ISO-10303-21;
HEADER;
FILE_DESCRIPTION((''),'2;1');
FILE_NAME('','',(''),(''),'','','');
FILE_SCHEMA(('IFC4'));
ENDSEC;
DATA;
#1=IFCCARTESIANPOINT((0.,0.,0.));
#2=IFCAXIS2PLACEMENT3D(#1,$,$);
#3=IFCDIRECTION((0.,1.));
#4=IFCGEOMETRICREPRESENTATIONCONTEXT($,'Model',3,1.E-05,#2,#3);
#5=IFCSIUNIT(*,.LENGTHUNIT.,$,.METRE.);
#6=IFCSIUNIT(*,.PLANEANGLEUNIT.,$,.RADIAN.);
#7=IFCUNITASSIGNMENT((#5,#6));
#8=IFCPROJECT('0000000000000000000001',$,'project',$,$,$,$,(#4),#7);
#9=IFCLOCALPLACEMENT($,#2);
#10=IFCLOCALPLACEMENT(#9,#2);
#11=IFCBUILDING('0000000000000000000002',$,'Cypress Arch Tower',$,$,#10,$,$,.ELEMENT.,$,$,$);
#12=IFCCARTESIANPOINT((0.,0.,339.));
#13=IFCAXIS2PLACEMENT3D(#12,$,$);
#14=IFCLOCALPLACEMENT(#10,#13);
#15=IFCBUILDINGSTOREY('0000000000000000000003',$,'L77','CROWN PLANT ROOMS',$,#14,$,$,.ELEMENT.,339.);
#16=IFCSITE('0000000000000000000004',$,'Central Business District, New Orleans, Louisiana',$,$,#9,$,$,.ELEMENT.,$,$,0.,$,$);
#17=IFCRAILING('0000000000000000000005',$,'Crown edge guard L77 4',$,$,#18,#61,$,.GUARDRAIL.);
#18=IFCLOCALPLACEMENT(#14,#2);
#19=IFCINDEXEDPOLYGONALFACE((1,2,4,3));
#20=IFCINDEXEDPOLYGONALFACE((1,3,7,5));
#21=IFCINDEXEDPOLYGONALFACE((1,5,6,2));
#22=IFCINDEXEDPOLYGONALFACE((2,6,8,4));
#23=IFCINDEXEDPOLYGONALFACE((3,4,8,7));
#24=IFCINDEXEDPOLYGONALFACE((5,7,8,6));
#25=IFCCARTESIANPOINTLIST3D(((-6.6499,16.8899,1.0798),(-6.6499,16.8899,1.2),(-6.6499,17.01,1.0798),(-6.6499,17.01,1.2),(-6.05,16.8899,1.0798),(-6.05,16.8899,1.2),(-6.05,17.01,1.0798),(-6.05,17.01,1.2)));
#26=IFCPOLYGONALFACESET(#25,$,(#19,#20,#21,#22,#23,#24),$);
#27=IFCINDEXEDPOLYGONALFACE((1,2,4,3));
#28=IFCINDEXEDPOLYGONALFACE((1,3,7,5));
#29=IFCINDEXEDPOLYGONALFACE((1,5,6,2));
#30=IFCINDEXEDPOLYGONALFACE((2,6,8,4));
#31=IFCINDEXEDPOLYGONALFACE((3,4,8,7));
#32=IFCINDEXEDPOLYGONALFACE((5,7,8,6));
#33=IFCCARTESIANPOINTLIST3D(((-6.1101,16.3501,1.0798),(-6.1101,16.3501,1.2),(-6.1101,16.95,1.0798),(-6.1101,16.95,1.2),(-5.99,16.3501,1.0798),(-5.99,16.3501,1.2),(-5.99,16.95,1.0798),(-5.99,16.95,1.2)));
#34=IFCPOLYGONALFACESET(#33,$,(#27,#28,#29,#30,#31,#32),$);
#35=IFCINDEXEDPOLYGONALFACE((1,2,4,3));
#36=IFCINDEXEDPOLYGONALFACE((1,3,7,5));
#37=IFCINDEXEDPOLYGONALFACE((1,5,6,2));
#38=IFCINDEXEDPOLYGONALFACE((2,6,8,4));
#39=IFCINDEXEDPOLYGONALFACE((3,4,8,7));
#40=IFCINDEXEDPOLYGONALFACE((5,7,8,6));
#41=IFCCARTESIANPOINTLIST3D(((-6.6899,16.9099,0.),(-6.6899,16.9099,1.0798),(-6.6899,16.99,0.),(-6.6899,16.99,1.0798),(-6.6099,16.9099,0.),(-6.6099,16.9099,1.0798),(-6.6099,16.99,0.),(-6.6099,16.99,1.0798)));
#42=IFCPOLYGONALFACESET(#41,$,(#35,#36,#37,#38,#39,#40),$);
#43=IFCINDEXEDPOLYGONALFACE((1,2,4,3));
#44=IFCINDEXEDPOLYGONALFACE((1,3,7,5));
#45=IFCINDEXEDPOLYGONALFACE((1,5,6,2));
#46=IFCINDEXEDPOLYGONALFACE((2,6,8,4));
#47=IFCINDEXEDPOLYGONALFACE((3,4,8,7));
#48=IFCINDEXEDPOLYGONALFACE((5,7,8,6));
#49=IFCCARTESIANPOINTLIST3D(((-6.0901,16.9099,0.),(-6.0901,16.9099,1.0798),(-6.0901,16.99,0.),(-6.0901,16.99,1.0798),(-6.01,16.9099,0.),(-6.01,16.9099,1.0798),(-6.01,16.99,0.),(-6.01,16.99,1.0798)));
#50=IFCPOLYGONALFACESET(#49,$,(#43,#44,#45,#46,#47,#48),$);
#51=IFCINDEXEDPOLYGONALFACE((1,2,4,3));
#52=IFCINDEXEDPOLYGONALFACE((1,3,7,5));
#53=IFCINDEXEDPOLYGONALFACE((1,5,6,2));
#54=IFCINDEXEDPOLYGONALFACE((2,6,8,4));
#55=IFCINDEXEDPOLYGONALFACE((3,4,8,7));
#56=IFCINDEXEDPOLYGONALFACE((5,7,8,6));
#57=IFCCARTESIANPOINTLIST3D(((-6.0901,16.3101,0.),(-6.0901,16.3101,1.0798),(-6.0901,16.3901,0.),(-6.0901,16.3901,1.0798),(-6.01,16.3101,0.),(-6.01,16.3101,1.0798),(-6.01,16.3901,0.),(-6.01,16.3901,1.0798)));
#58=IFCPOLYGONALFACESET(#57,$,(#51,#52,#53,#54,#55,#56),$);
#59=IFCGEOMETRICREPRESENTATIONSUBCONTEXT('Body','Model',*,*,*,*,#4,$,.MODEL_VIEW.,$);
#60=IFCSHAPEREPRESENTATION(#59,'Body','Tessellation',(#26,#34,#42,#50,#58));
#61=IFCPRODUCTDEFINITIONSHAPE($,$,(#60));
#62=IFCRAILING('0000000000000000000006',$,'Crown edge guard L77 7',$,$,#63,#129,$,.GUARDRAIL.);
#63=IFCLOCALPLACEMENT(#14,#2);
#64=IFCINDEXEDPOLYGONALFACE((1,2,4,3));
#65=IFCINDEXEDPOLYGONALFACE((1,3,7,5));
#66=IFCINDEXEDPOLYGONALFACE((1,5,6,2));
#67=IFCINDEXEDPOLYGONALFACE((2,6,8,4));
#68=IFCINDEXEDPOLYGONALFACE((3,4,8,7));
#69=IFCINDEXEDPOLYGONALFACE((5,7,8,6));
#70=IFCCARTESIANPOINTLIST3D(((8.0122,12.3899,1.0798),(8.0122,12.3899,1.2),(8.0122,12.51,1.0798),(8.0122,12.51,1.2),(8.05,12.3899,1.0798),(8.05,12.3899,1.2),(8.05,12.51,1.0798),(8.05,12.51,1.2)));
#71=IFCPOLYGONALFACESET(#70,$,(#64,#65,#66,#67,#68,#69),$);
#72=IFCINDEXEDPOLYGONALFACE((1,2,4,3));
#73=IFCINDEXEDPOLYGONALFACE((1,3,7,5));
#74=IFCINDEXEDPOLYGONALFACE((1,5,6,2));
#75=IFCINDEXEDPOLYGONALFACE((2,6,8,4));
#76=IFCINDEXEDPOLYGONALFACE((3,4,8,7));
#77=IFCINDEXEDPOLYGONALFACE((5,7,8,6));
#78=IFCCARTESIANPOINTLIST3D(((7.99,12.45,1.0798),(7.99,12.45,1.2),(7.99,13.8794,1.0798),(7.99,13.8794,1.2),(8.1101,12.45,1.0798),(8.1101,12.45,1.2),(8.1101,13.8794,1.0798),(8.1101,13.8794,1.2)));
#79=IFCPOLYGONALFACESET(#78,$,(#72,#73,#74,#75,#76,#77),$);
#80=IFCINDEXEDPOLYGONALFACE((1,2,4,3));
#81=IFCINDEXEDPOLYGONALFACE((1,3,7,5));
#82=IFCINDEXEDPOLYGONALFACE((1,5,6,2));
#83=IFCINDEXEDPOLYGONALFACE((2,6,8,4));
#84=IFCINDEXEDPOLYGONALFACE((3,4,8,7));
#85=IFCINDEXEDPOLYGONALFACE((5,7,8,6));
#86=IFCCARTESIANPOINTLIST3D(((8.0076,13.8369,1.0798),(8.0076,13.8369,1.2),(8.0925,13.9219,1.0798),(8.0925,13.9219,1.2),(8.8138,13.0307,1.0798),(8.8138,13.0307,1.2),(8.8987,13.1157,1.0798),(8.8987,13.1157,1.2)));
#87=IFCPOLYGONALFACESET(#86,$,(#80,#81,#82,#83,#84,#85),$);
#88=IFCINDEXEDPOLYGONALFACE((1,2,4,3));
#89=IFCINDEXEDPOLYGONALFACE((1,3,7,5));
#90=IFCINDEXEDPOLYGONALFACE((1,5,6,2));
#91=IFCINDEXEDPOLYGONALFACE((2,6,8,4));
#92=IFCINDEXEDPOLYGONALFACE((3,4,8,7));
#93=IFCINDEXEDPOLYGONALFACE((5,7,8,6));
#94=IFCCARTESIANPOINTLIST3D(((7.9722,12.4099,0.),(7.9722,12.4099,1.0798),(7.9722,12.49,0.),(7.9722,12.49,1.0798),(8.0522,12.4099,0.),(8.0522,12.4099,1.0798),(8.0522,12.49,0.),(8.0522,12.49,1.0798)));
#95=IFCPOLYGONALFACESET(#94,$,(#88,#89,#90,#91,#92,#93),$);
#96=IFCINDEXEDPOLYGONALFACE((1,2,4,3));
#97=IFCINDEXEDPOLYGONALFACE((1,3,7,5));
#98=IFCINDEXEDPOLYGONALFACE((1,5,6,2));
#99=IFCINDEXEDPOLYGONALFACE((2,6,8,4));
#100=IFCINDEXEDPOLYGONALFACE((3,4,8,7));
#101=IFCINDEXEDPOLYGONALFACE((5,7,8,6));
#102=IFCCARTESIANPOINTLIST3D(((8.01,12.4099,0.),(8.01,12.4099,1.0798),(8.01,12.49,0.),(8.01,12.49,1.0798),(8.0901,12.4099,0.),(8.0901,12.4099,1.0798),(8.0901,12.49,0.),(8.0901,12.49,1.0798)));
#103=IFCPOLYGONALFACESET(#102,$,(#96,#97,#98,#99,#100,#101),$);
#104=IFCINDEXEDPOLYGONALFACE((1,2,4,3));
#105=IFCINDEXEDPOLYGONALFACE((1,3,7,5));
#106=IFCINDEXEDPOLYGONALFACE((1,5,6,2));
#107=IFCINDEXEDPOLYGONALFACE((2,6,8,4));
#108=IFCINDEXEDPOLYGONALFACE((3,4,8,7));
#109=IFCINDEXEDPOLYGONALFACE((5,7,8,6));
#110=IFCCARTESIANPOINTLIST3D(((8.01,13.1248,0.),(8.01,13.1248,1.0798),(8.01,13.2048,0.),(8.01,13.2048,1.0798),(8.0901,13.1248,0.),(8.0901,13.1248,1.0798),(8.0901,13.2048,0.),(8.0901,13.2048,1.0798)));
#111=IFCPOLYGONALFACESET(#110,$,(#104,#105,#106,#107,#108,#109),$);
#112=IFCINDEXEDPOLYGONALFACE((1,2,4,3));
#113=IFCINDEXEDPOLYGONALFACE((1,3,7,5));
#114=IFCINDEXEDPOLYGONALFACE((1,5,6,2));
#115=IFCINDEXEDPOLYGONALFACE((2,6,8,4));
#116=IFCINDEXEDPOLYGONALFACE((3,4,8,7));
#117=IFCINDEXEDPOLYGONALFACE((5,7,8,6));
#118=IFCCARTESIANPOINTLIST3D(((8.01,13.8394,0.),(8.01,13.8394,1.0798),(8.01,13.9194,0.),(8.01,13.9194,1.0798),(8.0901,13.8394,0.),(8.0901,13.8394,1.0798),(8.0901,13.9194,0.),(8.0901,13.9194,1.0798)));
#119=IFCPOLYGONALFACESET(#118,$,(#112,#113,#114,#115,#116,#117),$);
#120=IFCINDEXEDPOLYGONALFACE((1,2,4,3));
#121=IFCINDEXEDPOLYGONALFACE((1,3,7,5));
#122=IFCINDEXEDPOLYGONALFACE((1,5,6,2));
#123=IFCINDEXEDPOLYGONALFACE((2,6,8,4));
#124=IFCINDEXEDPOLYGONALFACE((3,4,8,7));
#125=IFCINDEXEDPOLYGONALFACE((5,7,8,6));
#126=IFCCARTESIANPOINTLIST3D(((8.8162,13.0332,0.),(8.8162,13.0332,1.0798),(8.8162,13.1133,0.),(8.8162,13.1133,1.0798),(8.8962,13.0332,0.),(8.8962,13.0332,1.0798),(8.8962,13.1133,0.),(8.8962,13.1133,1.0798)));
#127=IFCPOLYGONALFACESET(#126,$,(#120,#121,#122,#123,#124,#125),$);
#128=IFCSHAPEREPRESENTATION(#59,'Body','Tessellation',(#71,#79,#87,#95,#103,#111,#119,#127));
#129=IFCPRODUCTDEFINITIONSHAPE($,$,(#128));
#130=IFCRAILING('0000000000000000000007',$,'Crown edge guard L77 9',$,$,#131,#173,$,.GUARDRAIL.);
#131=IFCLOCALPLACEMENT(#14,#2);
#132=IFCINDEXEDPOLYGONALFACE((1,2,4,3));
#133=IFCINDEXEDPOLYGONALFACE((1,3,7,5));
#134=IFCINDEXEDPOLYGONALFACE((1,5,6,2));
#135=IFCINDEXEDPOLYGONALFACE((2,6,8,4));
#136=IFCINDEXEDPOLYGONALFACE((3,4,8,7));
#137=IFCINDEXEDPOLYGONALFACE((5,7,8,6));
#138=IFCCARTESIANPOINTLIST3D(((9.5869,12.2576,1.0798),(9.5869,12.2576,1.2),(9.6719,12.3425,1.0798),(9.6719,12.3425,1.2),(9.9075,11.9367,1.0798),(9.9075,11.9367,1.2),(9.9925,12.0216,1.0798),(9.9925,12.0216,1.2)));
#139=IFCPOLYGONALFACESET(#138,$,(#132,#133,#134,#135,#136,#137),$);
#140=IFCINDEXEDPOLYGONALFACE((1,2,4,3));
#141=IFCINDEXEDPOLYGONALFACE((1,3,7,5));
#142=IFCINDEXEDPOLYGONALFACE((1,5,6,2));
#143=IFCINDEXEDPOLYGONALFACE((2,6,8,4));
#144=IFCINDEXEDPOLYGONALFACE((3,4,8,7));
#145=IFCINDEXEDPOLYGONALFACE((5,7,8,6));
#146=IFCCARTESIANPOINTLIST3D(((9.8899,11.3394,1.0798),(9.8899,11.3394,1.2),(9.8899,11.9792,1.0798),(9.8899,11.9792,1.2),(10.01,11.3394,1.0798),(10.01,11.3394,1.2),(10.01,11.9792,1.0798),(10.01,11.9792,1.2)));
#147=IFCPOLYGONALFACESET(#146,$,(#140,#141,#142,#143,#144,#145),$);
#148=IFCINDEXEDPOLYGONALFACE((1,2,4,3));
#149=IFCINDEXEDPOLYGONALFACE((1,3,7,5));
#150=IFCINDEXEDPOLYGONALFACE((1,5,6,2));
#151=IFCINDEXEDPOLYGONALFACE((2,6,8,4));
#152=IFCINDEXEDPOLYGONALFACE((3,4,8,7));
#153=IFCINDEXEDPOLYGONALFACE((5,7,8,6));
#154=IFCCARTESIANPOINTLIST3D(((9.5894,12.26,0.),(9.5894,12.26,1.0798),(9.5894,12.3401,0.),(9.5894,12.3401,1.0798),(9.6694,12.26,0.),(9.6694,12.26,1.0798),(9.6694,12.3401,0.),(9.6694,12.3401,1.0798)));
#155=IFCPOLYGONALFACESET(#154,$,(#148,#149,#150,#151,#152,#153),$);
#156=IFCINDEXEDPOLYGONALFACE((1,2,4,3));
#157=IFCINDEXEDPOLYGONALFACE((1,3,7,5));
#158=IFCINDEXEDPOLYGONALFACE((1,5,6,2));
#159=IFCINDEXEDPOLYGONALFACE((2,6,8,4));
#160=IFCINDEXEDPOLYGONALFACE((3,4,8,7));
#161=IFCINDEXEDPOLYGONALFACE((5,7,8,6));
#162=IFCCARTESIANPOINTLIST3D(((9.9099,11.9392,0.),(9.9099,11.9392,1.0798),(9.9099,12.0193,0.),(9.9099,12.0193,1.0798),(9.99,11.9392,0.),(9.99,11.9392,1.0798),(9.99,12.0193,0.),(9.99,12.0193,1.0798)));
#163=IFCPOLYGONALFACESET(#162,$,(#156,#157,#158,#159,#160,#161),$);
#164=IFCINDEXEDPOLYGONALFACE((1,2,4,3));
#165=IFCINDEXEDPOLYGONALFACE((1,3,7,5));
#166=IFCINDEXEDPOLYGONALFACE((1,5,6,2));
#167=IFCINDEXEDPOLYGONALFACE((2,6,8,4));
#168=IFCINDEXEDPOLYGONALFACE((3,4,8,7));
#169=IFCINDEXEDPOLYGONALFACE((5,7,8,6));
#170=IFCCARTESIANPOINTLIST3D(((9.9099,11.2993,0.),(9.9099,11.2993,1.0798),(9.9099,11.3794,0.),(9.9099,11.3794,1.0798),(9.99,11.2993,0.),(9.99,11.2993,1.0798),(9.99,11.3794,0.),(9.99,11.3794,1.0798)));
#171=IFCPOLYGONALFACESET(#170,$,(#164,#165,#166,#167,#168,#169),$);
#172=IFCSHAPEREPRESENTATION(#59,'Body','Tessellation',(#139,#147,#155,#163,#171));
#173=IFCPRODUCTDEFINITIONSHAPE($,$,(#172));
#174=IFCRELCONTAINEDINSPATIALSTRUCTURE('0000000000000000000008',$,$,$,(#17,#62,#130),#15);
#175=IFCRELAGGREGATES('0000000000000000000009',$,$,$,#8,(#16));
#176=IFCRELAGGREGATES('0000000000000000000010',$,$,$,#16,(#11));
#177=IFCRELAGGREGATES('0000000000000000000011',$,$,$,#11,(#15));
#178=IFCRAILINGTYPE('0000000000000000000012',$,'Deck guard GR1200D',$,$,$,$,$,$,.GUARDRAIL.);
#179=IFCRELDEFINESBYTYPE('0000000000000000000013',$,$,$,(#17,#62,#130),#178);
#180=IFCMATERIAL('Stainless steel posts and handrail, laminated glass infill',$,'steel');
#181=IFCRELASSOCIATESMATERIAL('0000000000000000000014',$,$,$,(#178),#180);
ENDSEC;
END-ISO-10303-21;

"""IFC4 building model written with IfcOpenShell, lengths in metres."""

from ifc_helpers import new_model, si_unit, direction, frame, origin, origin_2d, place, context, subcontext, project, spatial, rectangle, extrude, material, type_object, element, save


model = new_model("IFC4")

# Units and contexts
model_context = context("Model", 3, precision=1e-05, world=origin(), true_north=direction((0.0, 1.0)))
body_context = subcontext(model_context, "Body", "Model", "MODEL_VIEW")
ifc_project = project(units=[si_unit("LENGTHUNIT", "METRE"), si_unit("PLANEANGLEUNIT", "RADIAN")], contexts=[model_context])

# Site, building, storey
site_placement = place(None, origin())
site = spatial("IfcSite", under=ifc_project, at=site_placement, Name="Central Business District, New Orleans, Louisiana", CompositionType="ELEMENT", RefElevation=0.0)
building_placement = place(site_placement, origin())
building = spatial("IfcBuilding", under=site, at=building_placement, Name="Cypress Arch Tower", CompositionType="ELEMENT")
storey_placement = place(building_placement, frame((0.0, 0.0, 339.0)))
storey = spatial("IfcBuildingStorey", under=building, at=storey_placement, Name="L77", Description="CROWN PLANT ROOMS", CompositionType="ELEMENT", Elevation=339.0)

# Railings
ifc_material_1 = material(Name="Stainless steel posts and handrail, laminated glass infill", Category="steel")
railing_type = type_object("IfcRailingType", Name="Deck guard GR1200D", PredefinedType="GUARDRAIL", material=ifc_material_1)
railing_1_placement = place(storey_placement, frame((-6.6499, 16.95, 0.0)))
element("IfcRailing", 1, at=railing_1_placement, inside=storey, type_object=railing_type, Name="Crown edge guard L77 4", PredefinedType="GUARDRAIL", context=body_context, shape_type="SweptSolid", body=[
    extrude(rectangle(XDim=0.1201, YDim=0.1201, at=origin_2d()), frame((0.0, 0.0, 1.1399), z_axis=(1.0, 0.0, 0.0), x_axis=(0.0, 1.0, 0.0)), (0.0, 0.0, 1.0), 0.5999),
    extrude(rectangle(XDim=0.1201, YDim=0.1201, at=origin_2d()), frame((0.5999, 0.0, 1.1399), z_axis=(0.0, -1.0, 0.0), x_axis=(1.0, 0.0, 0.0)), (0.0, 0.0, 1.0), 0.5999),
    extrude(rectangle(XDim=0.0801, YDim=0.0801, at=origin_2d()), origin(), (0.0, 0.0, 1.0), 1.0798),
    extrude(rectangle(XDim=0.0801, YDim=0.0801, at=origin_2d()), frame((0.5999, 0.0, 0.0)), (0.0, 0.0, 1.0), 1.0798),
    extrude(rectangle(XDim=0.0801, YDim=0.0801, at=origin_2d()), frame((0.5999, -0.5999, 0.0)), (0.0, 0.0, 1.0), 1.0798),
])
railing_2_placement = place(storey_placement, frame((8.0122, 12.45, 0.0)))
element("IfcRailing", 2, at=railing_2_placement, inside=storey, type_object=railing_type, Name="Crown edge guard L77 7", PredefinedType="GUARDRAIL", context=body_context, shape_type="SweptSolid", body=[
    extrude(rectangle(XDim=0.1201, YDim=0.1201, at=origin_2d()), frame((0.0, 0.0, 1.1399), z_axis=(1.0, 0.0, 0.0), x_axis=(0.0, 1.0, 0.0)), (0.0, 0.0, 1.0), 0.0378),
    extrude(rectangle(XDim=0.1201, YDim=0.1201, at=origin_2d()), frame((0.0378, 0.0, 1.1399), z_axis=(0.0, 1.0, 0.0), x_axis=(-1.0, 0.0, 0.0)), (0.0, 0.0, 1.0), 1.4294),
    extrude(rectangle(XDim=0.1201, YDim=0.1201, at=origin_2d()), frame((0.0378, 1.4294, 1.1399), z_axis=(0.707107, -0.707107, 0.0), x_axis=(0.707107, 0.707107, 0.0)), (0.0, 0.0, 1.0), 1.1401),
    extrude(rectangle(XDim=0.0801, YDim=0.0801, at=origin_2d()), origin(), (0.0, 0.0, 1.0), 1.0798),
    extrude(rectangle(XDim=0.0801, YDim=0.0801, at=origin_2d()), frame((0.0378, 0.0, 0.0)), (0.0, 0.0, 1.0), 1.0798),
    extrude(rectangle(XDim=0.0801, YDim=0.0801, at=origin_2d()), frame((0.0378, 0.7148, 0.0)), (0.0, 0.0, 1.0), 1.0798),
    extrude(rectangle(XDim=0.0801, YDim=0.0801, at=origin_2d()), frame((0.0378, 1.4294, 0.0)), (0.0, 0.0, 1.0), 1.0798),
    extrude(rectangle(XDim=0.0801, YDim=0.0801, at=origin_2d()), frame((0.844, 0.6233, 0.0)), (0.0, 0.0, 1.0), 1.0798),
])
railing_3_placement = place(storey_placement, frame((9.6294, 12.3, 0.0)))
element("IfcRailing", 3, at=railing_3_placement, inside=storey, type_object=railing_type, Name="Crown edge guard L77 9", PredefinedType="GUARDRAIL", context=body_context, shape_type="SweptSolid", body=[
    extrude(rectangle(XDim=0.1201, YDim=0.1201, at=origin_2d()), frame((0.0, 0.0, 1.1399), z_axis=(0.706838, -0.707376, 0.0), x_axis=(0.707376, 0.706838, 0.0)), (0.0, 0.0, 1.0), 0.4536),
    extrude(rectangle(XDim=0.1201, YDim=0.1201, at=origin_2d()), frame((0.3206, -0.3208, 1.1399), z_axis=(0.0, -1.0, 0.0), x_axis=(1.0, 0.0, 0.0)), (0.0, 0.0, 1.0), 0.6399),
    extrude(rectangle(XDim=0.0801, YDim=0.0801, at=origin_2d()), origin(), (0.0, 0.0, 1.0), 1.0798),
    extrude(rectangle(XDim=0.0801, YDim=0.0801, at=origin_2d()), frame((0.3206, -0.3208, 0.0)), (0.0, 0.0, 1.0), 1.0798),
    extrude(rectangle(XDim=0.0801, YDim=0.0801, at=origin_2d()), frame((0.3206, -0.9607, 0.0)), (0.0, 0.0, 1.0), 1.0798),
])

save(model, "model.ifc")
